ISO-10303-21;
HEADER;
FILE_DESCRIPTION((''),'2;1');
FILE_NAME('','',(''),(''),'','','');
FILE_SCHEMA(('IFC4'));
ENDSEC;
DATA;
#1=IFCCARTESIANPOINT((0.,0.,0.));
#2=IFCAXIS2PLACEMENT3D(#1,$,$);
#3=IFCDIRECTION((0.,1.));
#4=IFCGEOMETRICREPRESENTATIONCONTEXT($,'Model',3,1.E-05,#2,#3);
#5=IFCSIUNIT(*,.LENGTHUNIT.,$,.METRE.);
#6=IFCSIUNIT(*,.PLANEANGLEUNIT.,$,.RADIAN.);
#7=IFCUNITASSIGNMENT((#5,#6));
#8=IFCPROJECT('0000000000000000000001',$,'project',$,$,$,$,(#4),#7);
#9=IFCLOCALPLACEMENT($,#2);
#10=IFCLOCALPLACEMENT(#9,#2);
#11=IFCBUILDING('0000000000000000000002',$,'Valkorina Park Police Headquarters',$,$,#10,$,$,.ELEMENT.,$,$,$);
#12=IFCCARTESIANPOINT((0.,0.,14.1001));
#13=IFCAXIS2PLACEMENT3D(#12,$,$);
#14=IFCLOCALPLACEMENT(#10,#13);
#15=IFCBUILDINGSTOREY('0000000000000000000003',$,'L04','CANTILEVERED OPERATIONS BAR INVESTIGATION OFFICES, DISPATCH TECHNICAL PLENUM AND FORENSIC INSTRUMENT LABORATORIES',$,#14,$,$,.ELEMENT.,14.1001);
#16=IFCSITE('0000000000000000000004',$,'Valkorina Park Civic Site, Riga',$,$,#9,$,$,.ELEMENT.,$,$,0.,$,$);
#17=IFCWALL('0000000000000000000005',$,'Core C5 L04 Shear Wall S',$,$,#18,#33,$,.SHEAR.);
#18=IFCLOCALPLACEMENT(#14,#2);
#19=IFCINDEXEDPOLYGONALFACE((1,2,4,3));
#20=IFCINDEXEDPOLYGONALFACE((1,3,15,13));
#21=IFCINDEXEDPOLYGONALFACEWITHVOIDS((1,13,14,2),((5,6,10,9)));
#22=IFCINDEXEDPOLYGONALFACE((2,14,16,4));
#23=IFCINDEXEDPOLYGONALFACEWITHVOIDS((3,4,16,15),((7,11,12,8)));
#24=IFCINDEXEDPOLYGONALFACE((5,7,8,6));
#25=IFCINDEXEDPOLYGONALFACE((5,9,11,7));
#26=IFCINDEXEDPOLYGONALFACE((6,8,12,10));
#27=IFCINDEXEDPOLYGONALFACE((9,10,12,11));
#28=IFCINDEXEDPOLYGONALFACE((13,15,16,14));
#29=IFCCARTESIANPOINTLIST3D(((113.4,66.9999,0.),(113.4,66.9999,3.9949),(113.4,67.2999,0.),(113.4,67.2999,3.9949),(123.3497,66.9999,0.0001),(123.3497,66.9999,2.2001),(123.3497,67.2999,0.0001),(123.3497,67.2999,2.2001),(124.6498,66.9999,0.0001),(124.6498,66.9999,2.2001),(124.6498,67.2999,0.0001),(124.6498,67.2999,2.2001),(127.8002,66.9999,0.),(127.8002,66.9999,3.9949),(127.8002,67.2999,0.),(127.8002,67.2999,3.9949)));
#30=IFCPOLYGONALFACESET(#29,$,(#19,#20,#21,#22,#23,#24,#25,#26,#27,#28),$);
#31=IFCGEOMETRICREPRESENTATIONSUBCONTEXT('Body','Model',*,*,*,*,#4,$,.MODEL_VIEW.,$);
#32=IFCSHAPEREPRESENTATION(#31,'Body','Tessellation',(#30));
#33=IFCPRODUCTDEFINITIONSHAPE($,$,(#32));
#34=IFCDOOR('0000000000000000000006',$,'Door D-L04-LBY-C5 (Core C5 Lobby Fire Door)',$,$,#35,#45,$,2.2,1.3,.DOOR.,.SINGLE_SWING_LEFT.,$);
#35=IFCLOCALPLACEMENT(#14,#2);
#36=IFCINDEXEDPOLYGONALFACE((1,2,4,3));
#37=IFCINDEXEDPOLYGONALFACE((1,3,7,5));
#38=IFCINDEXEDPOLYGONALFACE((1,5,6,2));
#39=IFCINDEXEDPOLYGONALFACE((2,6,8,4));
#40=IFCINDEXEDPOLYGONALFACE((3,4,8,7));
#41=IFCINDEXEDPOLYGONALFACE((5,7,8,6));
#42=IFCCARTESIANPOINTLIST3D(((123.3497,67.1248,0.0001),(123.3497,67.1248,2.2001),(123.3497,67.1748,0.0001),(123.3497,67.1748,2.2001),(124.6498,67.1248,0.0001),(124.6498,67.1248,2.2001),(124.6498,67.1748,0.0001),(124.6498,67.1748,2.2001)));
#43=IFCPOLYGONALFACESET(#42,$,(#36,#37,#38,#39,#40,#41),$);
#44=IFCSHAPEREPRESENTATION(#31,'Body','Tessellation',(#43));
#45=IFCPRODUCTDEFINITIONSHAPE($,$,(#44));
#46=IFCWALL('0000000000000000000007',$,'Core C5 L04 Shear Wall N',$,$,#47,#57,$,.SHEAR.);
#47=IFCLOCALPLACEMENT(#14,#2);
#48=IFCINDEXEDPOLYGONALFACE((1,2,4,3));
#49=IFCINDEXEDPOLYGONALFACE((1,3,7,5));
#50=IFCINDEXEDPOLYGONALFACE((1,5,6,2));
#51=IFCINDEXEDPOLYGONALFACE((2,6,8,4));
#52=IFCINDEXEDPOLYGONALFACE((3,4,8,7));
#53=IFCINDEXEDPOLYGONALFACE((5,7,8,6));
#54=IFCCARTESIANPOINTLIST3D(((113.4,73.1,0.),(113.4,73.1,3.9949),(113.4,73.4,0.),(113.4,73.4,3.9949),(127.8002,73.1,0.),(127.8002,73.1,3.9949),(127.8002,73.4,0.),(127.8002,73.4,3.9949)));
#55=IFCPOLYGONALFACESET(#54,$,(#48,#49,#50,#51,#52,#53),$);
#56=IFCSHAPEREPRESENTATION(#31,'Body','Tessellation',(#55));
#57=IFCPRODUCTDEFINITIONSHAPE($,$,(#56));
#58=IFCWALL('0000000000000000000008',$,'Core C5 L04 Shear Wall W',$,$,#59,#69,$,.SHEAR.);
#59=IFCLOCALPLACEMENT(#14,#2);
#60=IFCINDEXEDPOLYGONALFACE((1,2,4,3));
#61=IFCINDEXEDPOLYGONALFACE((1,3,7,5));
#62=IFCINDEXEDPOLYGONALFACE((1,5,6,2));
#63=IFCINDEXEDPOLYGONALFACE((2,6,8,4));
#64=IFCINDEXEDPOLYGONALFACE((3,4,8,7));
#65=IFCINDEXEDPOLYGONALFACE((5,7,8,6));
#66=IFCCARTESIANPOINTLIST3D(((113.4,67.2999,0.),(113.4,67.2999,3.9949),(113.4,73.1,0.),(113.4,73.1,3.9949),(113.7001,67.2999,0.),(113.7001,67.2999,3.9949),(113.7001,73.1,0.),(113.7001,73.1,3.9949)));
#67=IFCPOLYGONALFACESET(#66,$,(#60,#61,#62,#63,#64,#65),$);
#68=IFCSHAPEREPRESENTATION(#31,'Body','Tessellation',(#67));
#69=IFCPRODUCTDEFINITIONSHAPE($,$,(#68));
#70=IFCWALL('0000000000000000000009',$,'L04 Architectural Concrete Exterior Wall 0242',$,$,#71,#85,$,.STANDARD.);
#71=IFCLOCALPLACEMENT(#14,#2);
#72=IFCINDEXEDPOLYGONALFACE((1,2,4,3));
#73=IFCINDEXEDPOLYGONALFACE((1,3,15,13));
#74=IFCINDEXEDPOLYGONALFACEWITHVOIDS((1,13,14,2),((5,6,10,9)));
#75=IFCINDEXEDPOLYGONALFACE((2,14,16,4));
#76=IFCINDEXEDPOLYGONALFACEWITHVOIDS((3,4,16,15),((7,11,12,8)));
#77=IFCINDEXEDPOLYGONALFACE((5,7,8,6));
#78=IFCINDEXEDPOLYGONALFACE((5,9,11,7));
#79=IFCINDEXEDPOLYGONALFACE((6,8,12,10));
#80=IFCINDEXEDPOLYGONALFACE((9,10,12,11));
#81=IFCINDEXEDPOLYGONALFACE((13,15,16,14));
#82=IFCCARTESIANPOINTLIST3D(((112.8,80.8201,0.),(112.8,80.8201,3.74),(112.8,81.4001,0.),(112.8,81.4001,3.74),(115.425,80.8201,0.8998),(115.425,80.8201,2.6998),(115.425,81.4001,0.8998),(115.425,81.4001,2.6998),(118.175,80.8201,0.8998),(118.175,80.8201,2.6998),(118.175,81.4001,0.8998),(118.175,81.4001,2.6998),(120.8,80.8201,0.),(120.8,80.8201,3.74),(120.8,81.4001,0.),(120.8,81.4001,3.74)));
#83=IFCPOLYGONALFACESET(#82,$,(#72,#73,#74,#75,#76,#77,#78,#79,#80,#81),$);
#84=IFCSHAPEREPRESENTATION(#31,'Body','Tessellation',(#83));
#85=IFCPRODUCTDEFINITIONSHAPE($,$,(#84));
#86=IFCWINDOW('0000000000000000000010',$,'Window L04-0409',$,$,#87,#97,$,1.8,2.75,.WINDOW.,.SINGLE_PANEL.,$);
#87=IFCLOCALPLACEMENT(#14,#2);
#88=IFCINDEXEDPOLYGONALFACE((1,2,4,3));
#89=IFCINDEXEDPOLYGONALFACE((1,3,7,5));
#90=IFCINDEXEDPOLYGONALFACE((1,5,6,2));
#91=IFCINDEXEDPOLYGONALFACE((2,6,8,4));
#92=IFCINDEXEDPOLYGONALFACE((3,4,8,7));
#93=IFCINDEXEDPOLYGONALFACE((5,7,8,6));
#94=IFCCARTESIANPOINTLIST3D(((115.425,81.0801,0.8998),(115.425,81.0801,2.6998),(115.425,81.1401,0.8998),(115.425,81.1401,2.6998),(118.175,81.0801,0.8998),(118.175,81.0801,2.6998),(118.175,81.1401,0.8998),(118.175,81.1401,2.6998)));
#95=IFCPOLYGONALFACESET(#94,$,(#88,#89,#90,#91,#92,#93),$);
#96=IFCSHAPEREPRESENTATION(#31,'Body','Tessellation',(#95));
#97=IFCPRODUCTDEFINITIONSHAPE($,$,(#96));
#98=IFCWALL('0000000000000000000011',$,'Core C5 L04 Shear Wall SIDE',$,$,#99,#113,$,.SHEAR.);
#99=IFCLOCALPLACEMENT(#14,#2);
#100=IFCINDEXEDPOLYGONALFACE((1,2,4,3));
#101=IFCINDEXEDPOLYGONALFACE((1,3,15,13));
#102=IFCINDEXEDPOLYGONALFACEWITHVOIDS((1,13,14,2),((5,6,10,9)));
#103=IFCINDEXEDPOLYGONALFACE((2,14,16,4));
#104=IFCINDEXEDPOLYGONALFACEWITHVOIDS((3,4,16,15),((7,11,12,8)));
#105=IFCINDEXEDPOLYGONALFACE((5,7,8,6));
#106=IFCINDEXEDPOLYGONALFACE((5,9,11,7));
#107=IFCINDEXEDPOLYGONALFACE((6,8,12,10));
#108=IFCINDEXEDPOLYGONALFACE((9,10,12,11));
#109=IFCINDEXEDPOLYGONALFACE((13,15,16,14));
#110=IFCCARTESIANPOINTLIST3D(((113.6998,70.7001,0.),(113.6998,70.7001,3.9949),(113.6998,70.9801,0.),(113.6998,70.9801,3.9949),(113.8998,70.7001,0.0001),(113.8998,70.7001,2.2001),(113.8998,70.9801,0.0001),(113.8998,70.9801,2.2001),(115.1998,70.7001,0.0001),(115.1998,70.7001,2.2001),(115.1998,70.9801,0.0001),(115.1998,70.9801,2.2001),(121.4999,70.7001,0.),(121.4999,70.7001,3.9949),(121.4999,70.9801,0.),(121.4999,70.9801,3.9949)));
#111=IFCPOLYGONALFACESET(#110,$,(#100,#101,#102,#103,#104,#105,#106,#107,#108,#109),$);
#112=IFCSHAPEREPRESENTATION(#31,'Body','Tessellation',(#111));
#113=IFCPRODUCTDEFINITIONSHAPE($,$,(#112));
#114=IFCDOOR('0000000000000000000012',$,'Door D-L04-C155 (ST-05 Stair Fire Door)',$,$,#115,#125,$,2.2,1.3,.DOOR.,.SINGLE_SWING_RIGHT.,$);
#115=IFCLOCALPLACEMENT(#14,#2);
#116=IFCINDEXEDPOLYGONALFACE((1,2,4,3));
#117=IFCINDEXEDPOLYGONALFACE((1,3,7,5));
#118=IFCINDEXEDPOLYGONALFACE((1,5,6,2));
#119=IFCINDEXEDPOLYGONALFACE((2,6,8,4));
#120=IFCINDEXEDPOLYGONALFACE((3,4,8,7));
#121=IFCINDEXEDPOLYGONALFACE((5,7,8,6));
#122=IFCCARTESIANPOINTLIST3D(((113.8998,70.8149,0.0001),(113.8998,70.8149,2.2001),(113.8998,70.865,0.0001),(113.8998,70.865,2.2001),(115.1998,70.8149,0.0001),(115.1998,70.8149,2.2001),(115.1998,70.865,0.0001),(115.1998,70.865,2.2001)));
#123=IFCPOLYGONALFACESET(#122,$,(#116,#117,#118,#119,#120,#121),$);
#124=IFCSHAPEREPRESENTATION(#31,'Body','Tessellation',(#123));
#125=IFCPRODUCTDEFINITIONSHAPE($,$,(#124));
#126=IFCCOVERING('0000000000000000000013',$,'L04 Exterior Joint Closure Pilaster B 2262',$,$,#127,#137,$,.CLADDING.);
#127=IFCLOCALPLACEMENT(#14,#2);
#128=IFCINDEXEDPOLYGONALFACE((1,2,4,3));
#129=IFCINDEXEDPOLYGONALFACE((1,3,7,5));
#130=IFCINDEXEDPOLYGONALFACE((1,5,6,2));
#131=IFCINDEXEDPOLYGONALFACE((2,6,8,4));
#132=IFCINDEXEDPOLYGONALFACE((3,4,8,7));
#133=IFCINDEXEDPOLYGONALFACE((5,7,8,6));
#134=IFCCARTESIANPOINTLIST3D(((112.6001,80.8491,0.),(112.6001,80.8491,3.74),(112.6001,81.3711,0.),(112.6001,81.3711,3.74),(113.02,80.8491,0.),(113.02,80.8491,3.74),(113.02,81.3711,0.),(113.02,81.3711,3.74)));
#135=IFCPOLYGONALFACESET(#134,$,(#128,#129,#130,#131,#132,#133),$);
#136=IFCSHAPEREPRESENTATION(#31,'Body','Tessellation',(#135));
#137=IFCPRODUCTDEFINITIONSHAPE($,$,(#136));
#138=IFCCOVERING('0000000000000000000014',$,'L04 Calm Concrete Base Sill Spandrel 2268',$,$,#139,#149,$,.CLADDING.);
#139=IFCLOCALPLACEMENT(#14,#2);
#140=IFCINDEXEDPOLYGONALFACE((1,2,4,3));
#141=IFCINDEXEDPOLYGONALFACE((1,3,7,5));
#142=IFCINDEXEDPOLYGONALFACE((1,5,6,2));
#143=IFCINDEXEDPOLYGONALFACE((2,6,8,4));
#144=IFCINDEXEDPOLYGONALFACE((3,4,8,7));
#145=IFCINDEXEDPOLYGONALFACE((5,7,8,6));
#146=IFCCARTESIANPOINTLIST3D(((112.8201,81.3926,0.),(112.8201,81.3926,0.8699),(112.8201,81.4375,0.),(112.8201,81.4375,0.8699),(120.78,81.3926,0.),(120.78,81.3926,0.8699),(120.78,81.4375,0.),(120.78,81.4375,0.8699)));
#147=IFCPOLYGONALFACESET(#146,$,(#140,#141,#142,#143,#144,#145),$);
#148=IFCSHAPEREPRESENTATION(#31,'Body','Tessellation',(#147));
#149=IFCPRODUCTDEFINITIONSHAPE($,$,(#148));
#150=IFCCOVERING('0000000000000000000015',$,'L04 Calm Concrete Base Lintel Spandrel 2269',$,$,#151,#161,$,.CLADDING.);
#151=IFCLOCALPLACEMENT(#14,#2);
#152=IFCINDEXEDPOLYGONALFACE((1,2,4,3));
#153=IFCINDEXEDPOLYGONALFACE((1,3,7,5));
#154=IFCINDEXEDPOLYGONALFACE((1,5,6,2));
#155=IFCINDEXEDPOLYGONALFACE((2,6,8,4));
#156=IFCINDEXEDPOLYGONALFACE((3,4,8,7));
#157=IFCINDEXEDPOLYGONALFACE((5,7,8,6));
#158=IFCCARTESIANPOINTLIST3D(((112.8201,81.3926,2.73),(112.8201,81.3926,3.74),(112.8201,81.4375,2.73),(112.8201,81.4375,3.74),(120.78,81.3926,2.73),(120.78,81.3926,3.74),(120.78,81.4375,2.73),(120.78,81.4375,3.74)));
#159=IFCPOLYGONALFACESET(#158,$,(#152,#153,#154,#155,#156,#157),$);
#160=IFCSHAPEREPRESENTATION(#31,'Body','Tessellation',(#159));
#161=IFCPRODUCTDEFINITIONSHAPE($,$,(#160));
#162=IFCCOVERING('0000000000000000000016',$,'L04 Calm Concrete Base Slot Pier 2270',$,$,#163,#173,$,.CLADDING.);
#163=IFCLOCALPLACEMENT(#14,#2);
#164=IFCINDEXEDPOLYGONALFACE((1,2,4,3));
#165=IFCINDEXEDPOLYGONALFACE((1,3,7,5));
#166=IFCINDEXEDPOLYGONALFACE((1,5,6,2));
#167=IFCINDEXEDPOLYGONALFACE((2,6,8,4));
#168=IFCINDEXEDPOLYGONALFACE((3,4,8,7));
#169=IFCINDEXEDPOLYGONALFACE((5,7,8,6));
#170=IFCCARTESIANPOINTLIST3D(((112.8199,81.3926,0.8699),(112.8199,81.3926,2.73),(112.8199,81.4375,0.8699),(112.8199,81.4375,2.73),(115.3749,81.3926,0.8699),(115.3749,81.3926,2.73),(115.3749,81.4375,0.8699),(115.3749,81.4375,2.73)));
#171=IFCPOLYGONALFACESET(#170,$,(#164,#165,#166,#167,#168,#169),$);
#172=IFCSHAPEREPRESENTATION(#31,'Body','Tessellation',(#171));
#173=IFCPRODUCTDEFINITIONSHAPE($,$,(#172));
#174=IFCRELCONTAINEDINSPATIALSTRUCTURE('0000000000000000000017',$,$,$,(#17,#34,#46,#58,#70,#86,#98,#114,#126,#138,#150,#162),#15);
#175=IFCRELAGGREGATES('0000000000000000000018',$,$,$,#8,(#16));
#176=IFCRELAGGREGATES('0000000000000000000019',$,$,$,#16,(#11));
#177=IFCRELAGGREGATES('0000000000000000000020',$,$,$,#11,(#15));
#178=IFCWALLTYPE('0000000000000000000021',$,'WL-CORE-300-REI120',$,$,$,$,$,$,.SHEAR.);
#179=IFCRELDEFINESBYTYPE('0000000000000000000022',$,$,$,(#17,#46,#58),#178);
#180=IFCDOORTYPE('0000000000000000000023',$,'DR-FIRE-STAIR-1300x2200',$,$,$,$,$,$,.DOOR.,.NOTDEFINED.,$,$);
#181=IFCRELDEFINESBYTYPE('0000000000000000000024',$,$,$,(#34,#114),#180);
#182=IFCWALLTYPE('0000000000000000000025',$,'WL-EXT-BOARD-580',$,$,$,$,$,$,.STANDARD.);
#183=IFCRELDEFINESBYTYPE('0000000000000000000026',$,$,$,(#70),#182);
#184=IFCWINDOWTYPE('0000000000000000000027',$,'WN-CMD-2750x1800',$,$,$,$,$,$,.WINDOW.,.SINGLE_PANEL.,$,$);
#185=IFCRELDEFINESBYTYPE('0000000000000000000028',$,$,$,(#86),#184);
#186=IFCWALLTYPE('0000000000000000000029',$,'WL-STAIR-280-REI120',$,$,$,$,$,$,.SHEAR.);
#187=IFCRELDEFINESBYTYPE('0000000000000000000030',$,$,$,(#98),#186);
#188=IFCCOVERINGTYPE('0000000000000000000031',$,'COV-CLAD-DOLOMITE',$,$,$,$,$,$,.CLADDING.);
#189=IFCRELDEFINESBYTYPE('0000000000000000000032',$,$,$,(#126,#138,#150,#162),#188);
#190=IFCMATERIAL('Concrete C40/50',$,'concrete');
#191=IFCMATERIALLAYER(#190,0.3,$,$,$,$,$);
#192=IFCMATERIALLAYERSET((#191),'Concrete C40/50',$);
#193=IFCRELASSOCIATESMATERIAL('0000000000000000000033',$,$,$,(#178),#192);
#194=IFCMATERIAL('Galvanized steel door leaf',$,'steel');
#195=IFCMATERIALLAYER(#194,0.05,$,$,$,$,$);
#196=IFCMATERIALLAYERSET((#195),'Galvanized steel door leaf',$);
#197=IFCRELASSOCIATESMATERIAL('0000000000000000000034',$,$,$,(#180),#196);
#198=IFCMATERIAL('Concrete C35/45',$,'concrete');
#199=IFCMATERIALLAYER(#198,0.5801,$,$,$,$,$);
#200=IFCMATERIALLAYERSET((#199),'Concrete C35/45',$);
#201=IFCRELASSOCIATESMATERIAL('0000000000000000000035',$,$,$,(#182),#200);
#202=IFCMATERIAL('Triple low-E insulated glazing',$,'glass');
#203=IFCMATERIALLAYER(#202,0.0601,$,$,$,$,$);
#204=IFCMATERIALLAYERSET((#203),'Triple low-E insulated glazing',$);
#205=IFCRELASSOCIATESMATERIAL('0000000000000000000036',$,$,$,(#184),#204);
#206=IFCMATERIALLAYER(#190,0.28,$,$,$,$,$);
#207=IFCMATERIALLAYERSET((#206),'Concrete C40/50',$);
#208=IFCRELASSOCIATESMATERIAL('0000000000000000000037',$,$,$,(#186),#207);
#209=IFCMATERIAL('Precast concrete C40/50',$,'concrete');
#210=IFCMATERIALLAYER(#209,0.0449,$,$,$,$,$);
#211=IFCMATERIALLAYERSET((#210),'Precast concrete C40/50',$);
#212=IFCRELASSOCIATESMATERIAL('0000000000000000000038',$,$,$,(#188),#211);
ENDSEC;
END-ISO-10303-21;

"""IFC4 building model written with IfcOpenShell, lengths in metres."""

from ifc_helpers import new_model, si_unit, direction, frame, frame_2d, origin, origin_2d, place, context, subcontext, project, spatial, rectangle, extrude, material, layer, layer_set, type_object, element, fill, save


model = new_model("IFC4")

# Units and contexts
model_context = context("Model", 3, precision=1e-05, world=origin(), true_north=direction((0.0, 1.0)))
body_context = subcontext(model_context, "Body", "Model", "MODEL_VIEW")
ifc_project = project(units=[si_unit("LENGTHUNIT", "METRE"), si_unit("PLANEANGLEUNIT", "RADIAN")], contexts=[model_context])

# Site, building, storey
site_placement = place(None, origin())
site = spatial("IfcSite", under=ifc_project, at=site_placement, Name="Valkorina Park Civic Site, Riga", CompositionType="ELEMENT", RefElevation=0.0)
building_placement = place(site_placement, origin())
building = spatial("IfcBuilding", under=site, at=building_placement, Name="Valkorina Park Police Headquarters", CompositionType="ELEMENT")
storey_placement = place(building_placement, frame((0.0, 0.0, 14.1001)))
storey = spatial("IfcBuildingStorey", under=building, at=storey_placement, Name="L04", Description="CANTILEVERED OPERATIONS BAR INVESTIGATION OFFICES, DISPATCH TECHNICAL PLENUM AND FORENSIC INSTRUMENT LABORATORIES", CompositionType="ELEMENT", Elevation=14.1001)

# Wall, opening, door
ifc_material_1 = material(Name="Concrete C40/50", Category="concrete")
ifc_layer_1 = layer(ifc_material_1, 0.3)
ifc_layer_set_1 = layer_set([ifc_layer_1], Name="Concrete C40/50")
wall_type_1 = type_object("IfcWallType", Name="WL-CORE-300-REI120", PredefinedType="SHEAR", material=ifc_layer_set_1)
wall_1_placement = place(storey_placement, frame((113.3999, 67.1499, 0.0), z_axis=(0.0, 0.0, 1.0), x_axis=(1.0, 0.0, 0.0)))
wall_1 = element("IfcWall", 1, at=wall_1_placement, inside=storey, type_object=wall_type_1, Name="Core C5 L04 Shear Wall S", PredefinedType="SHEAR", context=body_context, shape_type="SweptSolid", body=[
    extrude(rectangle(XDim=14.4001, YDim=0.3, at=frame_2d((7.2002, 0.0))), origin(), (0.0, 0.0, 1.0), 3.9949),
])
opening_1_placement = place(wall_1_placement, frame((9.95, 0.0, 0.0)))
opening_1 = element("IfcOpeningElement", 2, at=opening_1_placement, cuts=wall_1, PredefinedType="OPENING", context=body_context, shape_type="SweptSolid", body=[
    extrude(rectangle(XDim=1.3, YDim=2.2, at=frame_2d((0.6499, 1.1001))), frame((0.0, 0.1602, 0.0), z_axis=(0.0, -1.0, 0.0), x_axis=(1.0, 0.0, 0.0)), (0.0, 0.0, 1.0), 0.3201),
])
ifc_material_2 = material(Name="Galvanized steel door leaf", Category="steel")
ifc_layer_2 = layer(ifc_material_2, 0.05)
ifc_layer_set_2 = layer_set([ifc_layer_2], Name="Galvanized steel door leaf")
door_type = type_object("IfcDoorType", Name="DR-FIRE-STAIR-1300x2200", OperationType="NOTDEFINED", PredefinedType="DOOR", material=ifc_layer_set_2)
door_1_placement = place(opening_1_placement, origin())
door_1 = element("IfcDoor", 3, at=door_1_placement, inside=storey, type_object=door_type, Name="Door D-L04-LBY-C5 (Core C5 Lobby Fire Door)", OperationType="SINGLE_SWING_LEFT", OverallHeight=2.2, OverallWidth=1.3, PredefinedType="DOOR", context=body_context, shape_type="SweptSolid", body=[
    extrude(rectangle(XDim=1.3, YDim=2.2, at=frame_2d((0.6499, 1.1001))), frame((0.0, 0.0249, 0.0), z_axis=(0.0, -1.0, 0.0), x_axis=(1.0, 0.0, 0.0)), (0.0, 0.0, 1.0), 0.05),
])
fill(opening_1, door_1)

# Walls
wall_2_placement = place(storey_placement, frame((113.3999, 73.25, 0.0), z_axis=(0.0, 0.0, 1.0), x_axis=(1.0, 0.0, 0.0)))
element("IfcWall", 4, at=wall_2_placement, inside=storey, type_object=wall_type_1, Name="Core C5 L04 Shear Wall N", PredefinedType="SHEAR", context=body_context, shape_type="SweptSolid", body=[
    extrude(rectangle(XDim=14.4001, YDim=0.3, at=frame_2d((7.2002, 0.0))), origin(), (0.0, 0.0, 1.0), 3.9949),
])
wall_3_placement = place(storey_placement, frame((113.55, 67.3, 0.0), z_axis=(0.0, 0.0, 1.0), x_axis=(0.0, 1.0, 0.0)))
element("IfcWall", 5, at=wall_3_placement, inside=storey, type_object=wall_type_1, Name="Core C5 L04 Shear Wall W", PredefinedType="SHEAR", context=body_context, shape_type="SweptSolid", body=[
    extrude(rectangle(XDim=5.8, YDim=0.3, at=frame_2d((2.8999, 0.0))), origin(), (0.0, 0.0, 1.0), 3.9949),
])

# Wall, opening, window
ifc_material_3 = material(Name="Concrete C35/45", Category="concrete")
ifc_layer_3 = layer(ifc_material_3, 0.5801)
ifc_layer_set_3 = layer_set([ifc_layer_3], Name="Concrete C35/45")
wall_type_2 = type_object("IfcWallType", Name="WL-EXT-BOARD-580", PredefinedType="STANDARD", material=ifc_layer_set_3)
wall_4_placement = place(storey_placement, frame((112.8, 81.1101, 0.0), z_axis=(0.0, 0.0, 1.0), x_axis=(1.0, 0.0, 0.0)))
wall_4 = element("IfcWall", 6, at=wall_4_placement, inside=storey, type_object=wall_type_2, Name="L04 Architectural Concrete Exterior Wall 0242", PredefinedType="STANDARD", context=body_context, shape_type="SweptSolid", body=[
    extrude(rectangle(XDim=8.0, YDim=0.5801, at=frame_2d((4.0, 0.0))), origin(), (0.0, 0.0, 1.0), 3.74),
])
opening_2_placement = place(wall_4_placement, frame((2.625, 0.0, 0.8999)))
opening_2 = element("IfcOpeningElement", 7, at=opening_2_placement, cuts=wall_4, PredefinedType="OPENING", context=body_context, shape_type="SweptSolid", body=[
    extrude(rectangle(XDim=2.75, YDim=1.8, at=frame_2d((1.375, 0.8999))), frame((0.0, 0.3, 0.0), z_axis=(0.0, -1.0, 0.0), x_axis=(1.0, 0.0, 0.0)), (0.0, 0.0, 1.0), 0.6001),
])
ifc_material_4 = material(Name="Triple low-E insulated glazing", Category="glass")
ifc_layer_4 = layer(ifc_material_4, 0.0601)
ifc_layer_set_4 = layer_set([ifc_layer_4], Name="Triple low-E insulated glazing")
window_type = type_object("IfcWindowType", Name="WN-CMD-2750x1800", PartitioningType="SINGLE_PANEL", PredefinedType="WINDOW", material=ifc_layer_set_4)
window_placement = place(opening_2_placement, origin())
window = element("IfcWindow", 8, at=window_placement, inside=storey, type_object=window_type, Name="Window L04-0409", OverallHeight=1.8, OverallWidth=2.75, PartitioningType="SINGLE_PANEL", PredefinedType="WINDOW", context=body_context, shape_type="SweptSolid", body=[
    extrude(rectangle(XDim=2.75, YDim=1.8, at=frame_2d((1.375, 0.8999))), frame((0.0, 0.03, 0.0), z_axis=(0.0, -1.0, 0.0), x_axis=(1.0, 0.0, 0.0)), (0.0, 0.0, 1.0), 0.0601),
])
fill(opening_2, window)

# Wall, opening, door
ifc_layer_5 = layer(ifc_material_1, 0.28)
ifc_layer_set_5 = layer_set([ifc_layer_5], Name="Concrete C40/50")
wall_type_3 = type_object("IfcWallType", Name="WL-STAIR-280-REI120", PredefinedType="SHEAR", material=ifc_layer_set_5)
wall_5_placement = place(storey_placement, frame((113.7, 70.8401, 0.0), z_axis=(0.0, 0.0, 1.0), x_axis=(1.0, 0.0, 0.0)))
wall_5 = element("IfcWall", 9, at=wall_5_placement, inside=storey, type_object=wall_type_3, Name="Core C5 L04 Shear Wall SIDE", PredefinedType="SHEAR", context=body_context, shape_type="SweptSolid", body=[
    extrude(rectangle(XDim=7.8, YDim=0.28, at=frame_2d((3.8999, 0.0))), origin(), (0.0, 0.0, 1.0), 3.9949),
])
opening_3_placement = place(wall_5_placement, frame((0.2, 0.0, 0.0)))
opening_3 = element("IfcOpeningElement", 10, at=opening_3_placement, cuts=wall_5, PredefinedType="OPENING", context=body_context, shape_type="SweptSolid", body=[
    extrude(rectangle(XDim=1.3, YDim=2.2, at=frame_2d((0.6499, 1.1001))), frame((0.0, 0.1499, 0.0), z_axis=(0.0, -1.0, 0.0), x_axis=(1.0, 0.0, 0.0)), (0.0, 0.0, 1.0), 0.3),
])
door_2_placement = place(opening_3_placement, origin())
door_2 = element("IfcDoor", 11, at=door_2_placement, inside=storey, type_object=door_type, Name="Door D-L04-C155 (ST-05 Stair Fire Door)", OperationType="SINGLE_SWING_RIGHT", OverallHeight=2.2, OverallWidth=1.3, PredefinedType="DOOR", context=body_context, shape_type="SweptSolid", body=[
    extrude(rectangle(XDim=1.3, YDim=2.2, at=frame_2d((0.6499, 1.1001))), frame((0.0, 0.0249, 0.0), z_axis=(0.0, -1.0, 0.0), x_axis=(1.0, 0.0, 0.0)), (0.0, 0.0, 1.0), 0.05),
])
fill(opening_3, door_2)

# Coverings
ifc_material_5 = material(Name="Precast concrete C40/50", Category="concrete")
ifc_layer_6 = layer(ifc_material_5, 0.0449)
ifc_layer_set_6 = layer_set([ifc_layer_6], Name="Precast concrete C40/50")
covering_type = type_object("IfcCoveringType", Name="COV-CLAD-DOLOMITE", PredefinedType="CLADDING", material=ifc_layer_set_6)
covering_1_placement = place(storey_placement, frame((112.8101, 81.1101, 0.0), z_axis=(0.0, 0.0, 1.0), x_axis=(1.0, 0.0, 0.0)))
element("IfcCovering", 12, at=covering_1_placement, inside=storey, type_object=covering_type, Name="L04 Exterior Joint Closure Pilaster B 2262", PredefinedType="CLADDING", context=body_context, shape_type="SweptSolid", body=[
    extrude(rectangle(XDim=0.4199, YDim=0.522, at=origin_2d()), origin(), (0.0, 0.0, 1.0), 3.74),
])
covering_2_placement = place(storey_placement, frame((112.8201, 81.415, 0.0), z_axis=(0.0, 0.0, 1.0), x_axis=(1.0, 0.0, 0.0)))
element("IfcCovering", 13, at=covering_2_placement, inside=storey, type_object=covering_type, Name="L04 Calm Concrete Base Sill Spandrel 2268", PredefinedType="CLADDING", context=body_context, shape_type="SweptSolid", body=[
    extrude(rectangle(XDim=7.96, YDim=0.0449, at=frame_2d((3.98, 0.0))), origin(), (0.0, 0.0, 1.0), 0.8699),
])
covering_3_placement = place(storey_placement, frame((112.8201, 81.415, 2.73), z_axis=(0.0, 0.0, 1.0), x_axis=(1.0, 0.0, 0.0)))
element("IfcCovering", 14, at=covering_3_placement, inside=storey, type_object=covering_type, Name="L04 Calm Concrete Base Lintel Spandrel 2269", PredefinedType="CLADDING", context=body_context, shape_type="SweptSolid", body=[
    extrude(rectangle(XDim=7.96, YDim=0.0449, at=frame_2d((3.98, 0.0))), origin(), (0.0, 0.0, 1.0), 1.01),
])
for number, where, z_axis, x_axis, name in (
    (15, (112.8201, 81.415, 0.8699), (0.0, 0.0, 1.0), (1.0, 0.0, 0.0), "L04 Calm Concrete Base Slot Pier 2270"),
):
    element("IfcCovering", number, at=place(storey_placement, frame(where, z_axis=z_axis, x_axis=x_axis)), inside=storey, type_object=covering_type, Name=name, PredefinedType="CLADDING", context=body_context, shape_type="SweptSolid", body=[
        extrude(rectangle(XDim=2.5549, YDim=0.0449, at=frame_2d((1.2773, 0.0))), origin(), (0.0, 0.0, 1.0), 1.8601),
    ])

save(model, "model.ifc")
